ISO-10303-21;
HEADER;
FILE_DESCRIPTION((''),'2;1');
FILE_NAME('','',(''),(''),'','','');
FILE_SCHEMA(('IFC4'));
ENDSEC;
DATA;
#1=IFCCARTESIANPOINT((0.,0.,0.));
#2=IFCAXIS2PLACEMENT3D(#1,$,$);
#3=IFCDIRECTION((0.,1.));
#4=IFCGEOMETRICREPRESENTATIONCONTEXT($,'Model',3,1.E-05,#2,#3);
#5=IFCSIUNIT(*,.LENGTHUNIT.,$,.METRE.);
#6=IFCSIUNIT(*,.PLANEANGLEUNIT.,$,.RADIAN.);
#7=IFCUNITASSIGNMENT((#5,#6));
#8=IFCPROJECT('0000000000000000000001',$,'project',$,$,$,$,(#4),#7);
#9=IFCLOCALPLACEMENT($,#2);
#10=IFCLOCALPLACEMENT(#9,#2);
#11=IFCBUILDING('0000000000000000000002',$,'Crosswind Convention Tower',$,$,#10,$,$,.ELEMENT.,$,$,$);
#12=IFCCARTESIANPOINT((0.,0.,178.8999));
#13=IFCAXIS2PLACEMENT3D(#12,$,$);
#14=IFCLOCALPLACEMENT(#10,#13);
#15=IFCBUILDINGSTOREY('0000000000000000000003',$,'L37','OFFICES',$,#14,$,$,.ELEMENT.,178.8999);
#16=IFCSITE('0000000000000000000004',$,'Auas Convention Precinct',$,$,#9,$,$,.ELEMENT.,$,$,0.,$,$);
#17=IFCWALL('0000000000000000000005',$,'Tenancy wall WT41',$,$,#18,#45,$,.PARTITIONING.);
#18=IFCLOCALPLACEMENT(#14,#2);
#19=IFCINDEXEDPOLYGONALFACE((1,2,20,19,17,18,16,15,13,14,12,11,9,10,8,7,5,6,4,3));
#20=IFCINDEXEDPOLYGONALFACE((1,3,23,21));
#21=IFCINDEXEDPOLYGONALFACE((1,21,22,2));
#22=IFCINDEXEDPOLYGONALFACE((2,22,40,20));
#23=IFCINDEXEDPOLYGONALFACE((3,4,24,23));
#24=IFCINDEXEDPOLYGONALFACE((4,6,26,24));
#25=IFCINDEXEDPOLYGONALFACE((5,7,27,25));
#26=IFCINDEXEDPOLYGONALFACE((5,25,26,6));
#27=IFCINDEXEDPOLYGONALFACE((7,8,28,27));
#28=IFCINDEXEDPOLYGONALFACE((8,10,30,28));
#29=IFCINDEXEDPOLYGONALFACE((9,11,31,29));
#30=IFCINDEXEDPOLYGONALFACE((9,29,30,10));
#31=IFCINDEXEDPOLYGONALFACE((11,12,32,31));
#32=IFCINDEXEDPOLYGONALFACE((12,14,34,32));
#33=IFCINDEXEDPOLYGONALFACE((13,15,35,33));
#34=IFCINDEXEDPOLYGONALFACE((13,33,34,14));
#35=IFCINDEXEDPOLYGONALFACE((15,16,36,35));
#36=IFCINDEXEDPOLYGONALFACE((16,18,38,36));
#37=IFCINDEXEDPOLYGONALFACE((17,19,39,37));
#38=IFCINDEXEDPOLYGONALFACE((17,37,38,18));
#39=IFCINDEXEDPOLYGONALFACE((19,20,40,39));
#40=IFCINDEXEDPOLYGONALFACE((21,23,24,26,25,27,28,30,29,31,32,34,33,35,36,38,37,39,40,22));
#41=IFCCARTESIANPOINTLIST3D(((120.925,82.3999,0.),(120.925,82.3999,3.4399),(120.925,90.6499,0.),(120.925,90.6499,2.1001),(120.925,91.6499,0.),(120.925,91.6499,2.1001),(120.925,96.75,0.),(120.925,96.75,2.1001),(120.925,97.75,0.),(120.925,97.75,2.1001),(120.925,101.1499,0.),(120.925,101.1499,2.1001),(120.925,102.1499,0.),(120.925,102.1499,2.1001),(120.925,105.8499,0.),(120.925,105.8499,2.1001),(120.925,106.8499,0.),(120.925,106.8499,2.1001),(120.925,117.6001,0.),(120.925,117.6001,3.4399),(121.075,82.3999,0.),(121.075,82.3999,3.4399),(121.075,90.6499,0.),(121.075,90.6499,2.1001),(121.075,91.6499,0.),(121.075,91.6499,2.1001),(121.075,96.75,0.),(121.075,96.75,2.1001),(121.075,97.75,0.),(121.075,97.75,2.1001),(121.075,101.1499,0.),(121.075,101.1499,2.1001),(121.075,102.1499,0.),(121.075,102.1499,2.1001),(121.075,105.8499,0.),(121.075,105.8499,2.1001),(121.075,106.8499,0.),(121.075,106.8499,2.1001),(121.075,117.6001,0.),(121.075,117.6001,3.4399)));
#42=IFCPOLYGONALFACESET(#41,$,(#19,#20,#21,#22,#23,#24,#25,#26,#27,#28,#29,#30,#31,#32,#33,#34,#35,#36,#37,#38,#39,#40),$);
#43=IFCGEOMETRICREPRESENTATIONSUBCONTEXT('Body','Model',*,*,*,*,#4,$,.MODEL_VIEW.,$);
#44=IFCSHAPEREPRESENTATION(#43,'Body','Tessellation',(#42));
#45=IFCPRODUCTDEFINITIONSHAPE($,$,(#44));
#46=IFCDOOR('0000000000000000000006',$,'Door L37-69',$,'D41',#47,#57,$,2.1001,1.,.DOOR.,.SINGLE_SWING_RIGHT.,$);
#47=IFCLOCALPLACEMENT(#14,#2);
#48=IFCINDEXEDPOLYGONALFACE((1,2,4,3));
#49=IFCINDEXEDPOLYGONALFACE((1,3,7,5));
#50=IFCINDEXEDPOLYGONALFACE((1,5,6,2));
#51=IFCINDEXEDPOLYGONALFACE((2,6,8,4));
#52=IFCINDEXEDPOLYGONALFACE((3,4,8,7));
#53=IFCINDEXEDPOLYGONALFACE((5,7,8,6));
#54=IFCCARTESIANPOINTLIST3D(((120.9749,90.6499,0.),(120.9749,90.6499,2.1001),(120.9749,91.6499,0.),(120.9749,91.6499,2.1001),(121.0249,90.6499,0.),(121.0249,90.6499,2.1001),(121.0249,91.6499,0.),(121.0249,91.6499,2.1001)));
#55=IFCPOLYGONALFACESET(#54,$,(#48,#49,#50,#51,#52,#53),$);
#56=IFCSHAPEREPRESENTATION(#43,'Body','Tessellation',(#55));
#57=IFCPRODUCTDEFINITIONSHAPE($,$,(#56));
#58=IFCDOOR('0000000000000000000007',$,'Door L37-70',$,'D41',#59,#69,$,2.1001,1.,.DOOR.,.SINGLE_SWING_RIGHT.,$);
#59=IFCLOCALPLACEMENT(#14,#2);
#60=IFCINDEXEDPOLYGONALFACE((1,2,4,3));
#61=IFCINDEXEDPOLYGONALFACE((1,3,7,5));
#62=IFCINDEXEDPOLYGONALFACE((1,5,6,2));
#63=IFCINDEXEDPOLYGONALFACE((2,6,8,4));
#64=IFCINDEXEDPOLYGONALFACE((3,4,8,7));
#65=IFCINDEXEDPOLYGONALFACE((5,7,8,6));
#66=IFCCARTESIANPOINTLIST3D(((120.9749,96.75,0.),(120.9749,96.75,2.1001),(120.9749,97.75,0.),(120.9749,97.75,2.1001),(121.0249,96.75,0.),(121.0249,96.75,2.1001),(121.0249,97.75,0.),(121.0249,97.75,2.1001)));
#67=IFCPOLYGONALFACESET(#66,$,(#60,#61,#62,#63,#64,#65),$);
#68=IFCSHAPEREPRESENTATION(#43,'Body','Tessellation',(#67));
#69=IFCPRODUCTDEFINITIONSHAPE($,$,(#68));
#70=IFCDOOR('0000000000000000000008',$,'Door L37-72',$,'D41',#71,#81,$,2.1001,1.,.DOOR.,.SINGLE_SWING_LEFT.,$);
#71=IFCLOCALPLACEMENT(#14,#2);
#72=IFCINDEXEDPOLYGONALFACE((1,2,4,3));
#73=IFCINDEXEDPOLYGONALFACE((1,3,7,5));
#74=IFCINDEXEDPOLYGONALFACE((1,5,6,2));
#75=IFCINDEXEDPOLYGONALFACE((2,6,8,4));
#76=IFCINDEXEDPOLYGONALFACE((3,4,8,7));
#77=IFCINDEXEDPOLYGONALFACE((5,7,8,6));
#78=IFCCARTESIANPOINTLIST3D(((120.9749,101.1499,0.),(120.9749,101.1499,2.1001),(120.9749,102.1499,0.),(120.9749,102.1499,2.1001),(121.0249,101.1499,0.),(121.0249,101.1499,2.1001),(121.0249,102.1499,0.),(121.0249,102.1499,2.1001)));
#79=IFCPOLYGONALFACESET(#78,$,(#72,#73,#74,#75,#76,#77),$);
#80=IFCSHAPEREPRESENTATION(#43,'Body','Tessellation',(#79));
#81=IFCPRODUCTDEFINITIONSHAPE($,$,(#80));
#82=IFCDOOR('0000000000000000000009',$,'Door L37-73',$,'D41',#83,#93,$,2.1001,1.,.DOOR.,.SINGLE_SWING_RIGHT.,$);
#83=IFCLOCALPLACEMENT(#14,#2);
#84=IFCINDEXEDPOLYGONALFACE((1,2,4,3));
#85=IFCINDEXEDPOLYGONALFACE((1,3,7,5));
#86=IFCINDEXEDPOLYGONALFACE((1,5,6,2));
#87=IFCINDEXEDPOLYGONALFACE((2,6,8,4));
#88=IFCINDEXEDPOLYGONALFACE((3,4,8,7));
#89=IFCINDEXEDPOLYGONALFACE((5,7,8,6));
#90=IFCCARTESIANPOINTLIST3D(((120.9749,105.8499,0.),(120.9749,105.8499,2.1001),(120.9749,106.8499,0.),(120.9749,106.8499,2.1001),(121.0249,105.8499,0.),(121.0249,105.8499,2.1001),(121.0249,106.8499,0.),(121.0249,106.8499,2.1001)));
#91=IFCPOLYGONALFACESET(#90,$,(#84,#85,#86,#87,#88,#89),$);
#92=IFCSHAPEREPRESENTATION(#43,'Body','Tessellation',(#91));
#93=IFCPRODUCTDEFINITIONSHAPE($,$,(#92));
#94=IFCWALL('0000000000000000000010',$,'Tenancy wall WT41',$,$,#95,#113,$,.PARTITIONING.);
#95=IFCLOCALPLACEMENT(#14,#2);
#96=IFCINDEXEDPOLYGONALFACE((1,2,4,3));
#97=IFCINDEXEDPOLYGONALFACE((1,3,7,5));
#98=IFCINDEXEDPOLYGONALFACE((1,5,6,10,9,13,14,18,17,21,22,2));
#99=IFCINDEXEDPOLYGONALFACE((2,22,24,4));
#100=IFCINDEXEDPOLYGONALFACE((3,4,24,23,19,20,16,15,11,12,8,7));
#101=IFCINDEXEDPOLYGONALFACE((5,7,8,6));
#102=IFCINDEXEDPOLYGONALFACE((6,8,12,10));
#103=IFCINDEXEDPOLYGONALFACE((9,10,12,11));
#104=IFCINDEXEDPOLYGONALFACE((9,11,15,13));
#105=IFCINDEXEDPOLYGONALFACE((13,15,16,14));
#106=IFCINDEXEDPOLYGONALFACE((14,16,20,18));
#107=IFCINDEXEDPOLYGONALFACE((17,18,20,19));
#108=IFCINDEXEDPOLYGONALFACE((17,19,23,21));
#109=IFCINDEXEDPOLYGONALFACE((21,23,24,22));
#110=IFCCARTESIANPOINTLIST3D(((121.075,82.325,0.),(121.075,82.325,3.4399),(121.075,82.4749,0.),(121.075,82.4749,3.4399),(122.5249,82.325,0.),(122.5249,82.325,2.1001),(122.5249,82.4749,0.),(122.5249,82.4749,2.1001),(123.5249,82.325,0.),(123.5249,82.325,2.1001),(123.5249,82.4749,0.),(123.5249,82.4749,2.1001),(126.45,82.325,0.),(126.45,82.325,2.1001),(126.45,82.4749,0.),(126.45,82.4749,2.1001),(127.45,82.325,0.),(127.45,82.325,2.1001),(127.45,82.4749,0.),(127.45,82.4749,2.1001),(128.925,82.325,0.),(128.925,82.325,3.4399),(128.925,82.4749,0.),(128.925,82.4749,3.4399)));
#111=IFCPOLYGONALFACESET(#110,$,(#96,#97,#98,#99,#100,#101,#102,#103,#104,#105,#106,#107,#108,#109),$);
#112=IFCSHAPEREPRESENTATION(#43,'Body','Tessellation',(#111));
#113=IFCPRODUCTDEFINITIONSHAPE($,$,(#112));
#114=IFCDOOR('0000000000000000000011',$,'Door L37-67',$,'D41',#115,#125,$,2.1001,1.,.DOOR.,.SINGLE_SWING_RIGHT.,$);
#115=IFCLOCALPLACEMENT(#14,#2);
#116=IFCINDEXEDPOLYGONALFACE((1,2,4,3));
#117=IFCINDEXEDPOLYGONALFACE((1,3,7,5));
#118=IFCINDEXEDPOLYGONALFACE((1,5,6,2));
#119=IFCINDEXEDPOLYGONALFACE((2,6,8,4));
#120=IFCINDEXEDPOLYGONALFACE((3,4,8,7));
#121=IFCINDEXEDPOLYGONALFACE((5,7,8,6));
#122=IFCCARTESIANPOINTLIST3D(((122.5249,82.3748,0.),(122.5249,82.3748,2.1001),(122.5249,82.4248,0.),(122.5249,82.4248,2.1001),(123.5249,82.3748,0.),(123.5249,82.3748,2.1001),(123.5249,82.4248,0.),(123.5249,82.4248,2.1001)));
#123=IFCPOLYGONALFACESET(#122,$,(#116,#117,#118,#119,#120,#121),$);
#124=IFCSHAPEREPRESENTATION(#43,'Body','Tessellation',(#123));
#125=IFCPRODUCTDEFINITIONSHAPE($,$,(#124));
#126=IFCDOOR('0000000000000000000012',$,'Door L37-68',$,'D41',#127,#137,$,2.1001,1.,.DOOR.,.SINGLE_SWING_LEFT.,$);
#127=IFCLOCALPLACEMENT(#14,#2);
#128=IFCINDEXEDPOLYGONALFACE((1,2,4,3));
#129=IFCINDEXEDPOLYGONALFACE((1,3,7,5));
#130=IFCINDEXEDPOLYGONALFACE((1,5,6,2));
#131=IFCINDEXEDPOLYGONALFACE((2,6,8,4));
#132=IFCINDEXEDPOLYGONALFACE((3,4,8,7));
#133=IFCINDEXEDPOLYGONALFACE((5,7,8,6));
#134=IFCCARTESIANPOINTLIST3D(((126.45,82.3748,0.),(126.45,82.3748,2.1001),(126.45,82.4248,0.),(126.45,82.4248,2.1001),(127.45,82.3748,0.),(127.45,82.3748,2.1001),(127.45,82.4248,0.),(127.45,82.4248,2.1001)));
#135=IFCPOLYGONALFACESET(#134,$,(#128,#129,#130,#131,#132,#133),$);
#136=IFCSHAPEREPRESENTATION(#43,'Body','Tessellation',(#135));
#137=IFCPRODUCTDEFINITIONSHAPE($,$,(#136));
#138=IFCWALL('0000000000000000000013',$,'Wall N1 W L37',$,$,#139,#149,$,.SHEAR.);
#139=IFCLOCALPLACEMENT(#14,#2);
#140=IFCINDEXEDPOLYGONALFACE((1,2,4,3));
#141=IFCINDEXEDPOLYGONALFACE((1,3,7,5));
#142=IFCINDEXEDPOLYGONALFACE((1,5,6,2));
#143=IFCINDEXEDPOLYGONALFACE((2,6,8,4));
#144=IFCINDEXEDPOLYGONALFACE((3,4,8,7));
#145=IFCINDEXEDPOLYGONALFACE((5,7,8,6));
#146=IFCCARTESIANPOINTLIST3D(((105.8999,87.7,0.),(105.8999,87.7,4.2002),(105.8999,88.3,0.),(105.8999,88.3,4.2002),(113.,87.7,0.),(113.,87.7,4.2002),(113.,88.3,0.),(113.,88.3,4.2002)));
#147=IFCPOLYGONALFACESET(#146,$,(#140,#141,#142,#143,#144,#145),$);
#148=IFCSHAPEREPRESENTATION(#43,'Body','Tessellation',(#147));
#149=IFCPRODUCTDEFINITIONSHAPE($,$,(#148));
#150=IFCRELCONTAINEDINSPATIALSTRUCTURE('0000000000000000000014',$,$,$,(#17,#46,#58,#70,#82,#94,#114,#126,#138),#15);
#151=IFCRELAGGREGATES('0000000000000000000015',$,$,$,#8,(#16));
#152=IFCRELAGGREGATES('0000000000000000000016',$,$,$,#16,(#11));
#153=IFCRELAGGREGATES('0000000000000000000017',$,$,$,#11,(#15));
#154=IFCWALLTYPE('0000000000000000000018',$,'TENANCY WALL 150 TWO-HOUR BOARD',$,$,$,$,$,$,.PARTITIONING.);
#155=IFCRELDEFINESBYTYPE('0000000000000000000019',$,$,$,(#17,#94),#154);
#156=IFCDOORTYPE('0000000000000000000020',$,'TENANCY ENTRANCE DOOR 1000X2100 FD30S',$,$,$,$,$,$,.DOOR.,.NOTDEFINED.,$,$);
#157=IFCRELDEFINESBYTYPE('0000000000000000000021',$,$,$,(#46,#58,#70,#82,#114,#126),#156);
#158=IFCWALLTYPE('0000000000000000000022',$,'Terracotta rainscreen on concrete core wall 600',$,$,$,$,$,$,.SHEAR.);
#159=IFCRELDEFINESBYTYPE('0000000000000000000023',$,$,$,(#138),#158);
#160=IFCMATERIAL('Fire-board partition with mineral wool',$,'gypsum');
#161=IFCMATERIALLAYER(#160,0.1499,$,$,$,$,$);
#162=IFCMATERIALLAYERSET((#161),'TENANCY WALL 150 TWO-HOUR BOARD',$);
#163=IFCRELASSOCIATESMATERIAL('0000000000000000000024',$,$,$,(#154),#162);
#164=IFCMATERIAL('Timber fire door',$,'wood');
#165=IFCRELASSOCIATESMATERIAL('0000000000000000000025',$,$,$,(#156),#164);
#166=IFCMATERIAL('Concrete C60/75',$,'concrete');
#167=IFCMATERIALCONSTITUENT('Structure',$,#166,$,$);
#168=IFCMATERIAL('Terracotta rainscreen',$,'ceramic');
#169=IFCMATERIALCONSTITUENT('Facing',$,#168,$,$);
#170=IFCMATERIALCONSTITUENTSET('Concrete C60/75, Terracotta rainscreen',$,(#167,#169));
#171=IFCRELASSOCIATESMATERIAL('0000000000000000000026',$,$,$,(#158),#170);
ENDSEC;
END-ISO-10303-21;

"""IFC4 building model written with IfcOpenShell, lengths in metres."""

from ifc_helpers import new_model, si_unit, direction, frame, frame_2d, origin, place, context, subcontext, project, spatial, rectangle, extrude, material, layer, layer_set, constituent, constituent_set, type_object, element, fill, save


model = new_model("IFC4")

# Units and contexts
model_context = context("Model", 3, precision=1e-05, world=origin(), true_north=direction((0.0, 1.0)))
body_context = subcontext(model_context, "Body", "Model", "MODEL_VIEW")
ifc_project = project(units=[si_unit("LENGTHUNIT", "METRE"), si_unit("PLANEANGLEUNIT", "RADIAN")], contexts=[model_context])

# Site, building, storey
site_placement = place(None, origin())
site = spatial("IfcSite", under=ifc_project, at=site_placement, Name="Auas Convention Precinct", CompositionType="ELEMENT", RefElevation=0.0)
building_placement = place(site_placement, origin())
building = spatial("IfcBuilding", under=site, at=building_placement, Name="Crosswind Convention Tower", CompositionType="ELEMENT")
storey_placement = place(building_placement, frame((0.0, 0.0, 178.8999)))
storey = spatial("IfcBuildingStorey", under=building, at=storey_placement, Name="L37", Description="OFFICES", CompositionType="ELEMENT", Elevation=178.8999)

# Shared definitions
ifc_material_1 = material(Name="Concrete C60/75", Category="concrete")

# Walls, openings, doors
ifc_material_2 = material(Name="Fire-board partition with mineral wool", Category="gypsum")
ifc_layer_1 = layer(ifc_material_2, 0.1499)
ifc_layer_set_1 = layer_set([ifc_layer_1], Name="TENANCY WALL 150 TWO-HOUR BOARD")
wall_type_1 = type_object("IfcWallType", Name="TENANCY WALL 150 TWO-HOUR BOARD", PredefinedType="PARTITIONING", material=ifc_layer_set_1)
wall_1_placement = place(storey_placement, frame((121.0, 82.3999, 0.0), z_axis=(0.0, 0.0, 1.0), x_axis=(0.0, 1.0, 0.0)))
wall_1 = element("IfcWall", 1, at=wall_1_placement, inside=storey, type_object=wall_type_1, Name="Tenancy wall WT41", PredefinedType="PARTITIONING", context=body_context, shape_type="SweptSolid", body=[
    extrude(rectangle(XDim=35.2002, YDim=0.1499, at=frame_2d((17.6001, 0.0))), origin(), (0.0, 0.0, 1.0), 3.4399),
])
opening_1_placement = place(wall_1_placement, frame((8.25, 0.0, 0.0)))
opening_1 = element("IfcOpeningElement", 2, at=opening_1_placement, cuts=wall_1, PredefinedType="OPENING", context=body_context, shape_type="SweptSolid", body=[
    extrude(rectangle(XDim=1.0, YDim=2.1001, at=frame_2d((0.5, 1.05))), frame((0.0, 0.085, 0.0), z_axis=(0.0, -1.0, 0.0), x_axis=(1.0, 0.0, 0.0)), (0.0, 0.0, 1.0), 0.1699),
])
opening_2_placement = place(wall_1_placement, frame((14.3501, 0.0, 0.0)))
opening_2 = element("IfcOpeningElement", 3, at=opening_2_placement, cuts=wall_1, PredefinedType="OPENING", context=body_context, shape_type="SweptSolid", body=[
    extrude(rectangle(XDim=1.0, YDim=2.1001, at=frame_2d((0.5, 1.05))), frame((0.0, 0.085, 0.0), z_axis=(0.0, -1.0, 0.0), x_axis=(1.0, 0.0, 0.0)), (0.0, 0.0, 1.0), 0.1699),
])
opening_3_placement = place(wall_1_placement, frame((18.75, 0.0, 0.0)))
opening_3 = element("IfcOpeningElement", 4, at=opening_3_placement, cuts=wall_1, PredefinedType="OPENING", context=body_context, shape_type="SweptSolid", body=[
    extrude(rectangle(XDim=1.0, YDim=2.1001, at=frame_2d((0.5, 1.05))), frame((0.0, 0.085, 0.0), z_axis=(0.0, -1.0, 0.0), x_axis=(1.0, 0.0, 0.0)), (0.0, 0.0, 1.0), 0.1699),
])
opening_4_placement = place(wall_1_placement, frame((23.45, 0.0, 0.0)))
opening_4 = element("IfcOpeningElement", 5, at=opening_4_placement, cuts=wall_1, PredefinedType="OPENING", context=body_context, shape_type="SweptSolid", body=[
    extrude(rectangle(XDim=1.0, YDim=2.1001, at=frame_2d((0.5, 1.05))), frame((0.0, 0.085, 0.0), z_axis=(0.0, -1.0, 0.0), x_axis=(1.0, 0.0, 0.0)), (0.0, 0.0, 1.0), 0.1699),
])
ifc_material_3 = material(Name="Timber fire door", Category="wood")
door_type_1 = type_object("IfcDoorType", Name="TENANCY ENTRANCE DOOR 1000X2100 FD30S", OperationType="NOTDEFINED", PredefinedType="DOOR", material=ifc_material_3)
door_1_placement = place(opening_1_placement, frame((1.0, 0.0, 0.0), z_axis=(0.0, 0.0, 1.0), x_axis=(-1.0, 0.0, 0.0)))
door_1 = element("IfcDoor", 6, at=door_1_placement, inside=storey, type_object=door_type_1, Name="Door L37-69", ObjectType="D41", OperationType="SINGLE_SWING_RIGHT", OverallHeight=2.1001, OverallWidth=1.0, PredefinedType="DOOR", context=body_context, shape_type="SweptSolid", body=[
    extrude(rectangle(XDim=1.0, YDim=2.1001, at=frame_2d((0.5, 1.05))), frame((0.0, 0.0249, 0.0), z_axis=(0.0, -1.0, 0.0), x_axis=(1.0, 0.0, 0.0)), (0.0, 0.0, 1.0), 0.05),
])
fill(opening_1, door_1)
door_2_placement = place(opening_2_placement, frame((1.0, 0.0, 0.0), z_axis=(0.0, 0.0, 1.0), x_axis=(-1.0, 0.0, 0.0)))
door_2 = element("IfcDoor", 7, at=door_2_placement, inside=storey, type_object=door_type_1, Name="Door L37-70", ObjectType="D41", OperationType="SINGLE_SWING_RIGHT", OverallHeight=2.1001, OverallWidth=1.0, PredefinedType="DOOR", context=body_context, shape_type="SweptSolid", body=[
    extrude(rectangle(XDim=1.0, YDim=2.1001, at=frame_2d((0.5, 1.05))), frame((0.0, 0.0249, 0.0), z_axis=(0.0, -1.0, 0.0), x_axis=(1.0, 0.0, 0.0)), (0.0, 0.0, 1.0), 0.05),
])
fill(opening_2, door_2)
door_3_placement = place(opening_3_placement, frame((1.0, 0.0, 0.0), z_axis=(0.0, 0.0, 1.0), x_axis=(-1.0, 0.0, 0.0)))
door_3 = element("IfcDoor", 8, at=door_3_placement, inside=storey, type_object=door_type_1, Name="Door L37-72", ObjectType="D41", OperationType="SINGLE_SWING_LEFT", OverallHeight=2.1001, OverallWidth=1.0, PredefinedType="DOOR", context=body_context, shape_type="SweptSolid", body=[
    extrude(rectangle(XDim=1.0, YDim=2.1001, at=frame_2d((0.5, 1.05))), frame((0.0, 0.0249, 0.0), z_axis=(0.0, -1.0, 0.0), x_axis=(1.0, 0.0, 0.0)), (0.0, 0.0, 1.0), 0.05),
])
fill(opening_3, door_3)
door_4_placement = place(opening_4_placement, frame((1.0, 0.0, 0.0), z_axis=(0.0, 0.0, 1.0), x_axis=(-1.0, 0.0, 0.0)))
door_4 = element("IfcDoor", 9, at=door_4_placement, inside=storey, type_object=door_type_1, Name="Door L37-73", ObjectType="D41", OperationType="SINGLE_SWING_RIGHT", OverallHeight=2.1001, OverallWidth=1.0, PredefinedType="DOOR", context=body_context, shape_type="SweptSolid", body=[
    extrude(rectangle(XDim=1.0, YDim=2.1001, at=frame_2d((0.5, 1.05))), frame((0.0, 0.0249, 0.0), z_axis=(0.0, -1.0, 0.0), x_axis=(1.0, 0.0, 0.0)), (0.0, 0.0, 1.0), 0.05),
])
fill(opening_4, door_4)
wall_2_placement = place(storey_placement, frame((121.075, 82.3999, 0.0), z_axis=(0.0, 0.0, 1.0), x_axis=(1.0, 0.0, 0.0)))
wall_2 = element("IfcWall", 10, at=wall_2_placement, inside=storey, type_object=wall_type_1, Name="Tenancy wall WT41", PredefinedType="PARTITIONING", context=body_context, shape_type="SweptSolid", body=[
    extrude(rectangle(XDim=7.8501, YDim=0.1499, at=frame_2d((3.925, 0.0))), origin(), (0.0, 0.0, 1.0), 3.4399),
])
opening_5_placement = place(wall_2_placement, frame((1.45, 0.0, 0.0)))
opening_5 = element("IfcOpeningElement", 11, at=opening_5_placement, cuts=wall_2, PredefinedType="OPENING", context=body_context, shape_type="SweptSolid", body=[
    extrude(rectangle(XDim=1.0, YDim=2.1001, at=frame_2d((0.5, 1.05))), frame((0.0, 0.085, 0.0), z_axis=(0.0, -1.0, 0.0), x_axis=(1.0, 0.0, 0.0)), (0.0, 0.0, 1.0), 0.1699),
])
opening_6_placement = place(wall_2_placement, frame((5.375, 0.0, 0.0)))
opening_6 = element("IfcOpeningElement", 12, at=opening_6_placement, cuts=wall_2, PredefinedType="OPENING", context=body_context, shape_type="SweptSolid", body=[
    extrude(rectangle(XDim=1.0, YDim=2.1001, at=frame_2d((0.5, 1.05))), frame((0.0, 0.085, 0.0), z_axis=(0.0, -1.0, 0.0), x_axis=(1.0, 0.0, 0.0)), (0.0, 0.0, 1.0), 0.1699),
])
door_5_placement = place(opening_5_placement, origin())
door_5 = element("IfcDoor", 13, at=door_5_placement, inside=storey, type_object=door_type_1, Name="Door L37-67", ObjectType="D41", OperationType="SINGLE_SWING_RIGHT", OverallHeight=2.1001, OverallWidth=1.0, PredefinedType="DOOR", context=body_context, shape_type="SweptSolid", body=[
    extrude(rectangle(XDim=1.0, YDim=2.1001, at=frame_2d((0.5, 1.05))), frame((0.0, 0.0249, 0.0), z_axis=(0.0, -1.0, 0.0), x_axis=(1.0, 0.0, 0.0)), (0.0, 0.0, 1.0), 0.05),
])
fill(opening_5, door_5)
door_6_placement = place(opening_6_placement, origin())
door_6 = element("IfcDoor", 14, at=door_6_placement, inside=storey, type_object=door_type_1, Name="Door L37-68", ObjectType="D41", OperationType="SINGLE_SWING_LEFT", OverallHeight=2.1001, OverallWidth=1.0, PredefinedType="DOOR", context=body_context, shape_type="SweptSolid", body=[
    extrude(rectangle(XDim=1.0, YDim=2.1001, at=frame_2d((0.5, 1.05))), frame((0.0, 0.0249, 0.0), z_axis=(0.0, -1.0, 0.0), x_axis=(1.0, 0.0, 0.0)), (0.0, 0.0, 1.0), 0.05),
])
fill(opening_6, door_6)

# Wall
ifc_constituent_1 = constituent(ifc_material_1, Name="Structure")
ifc_material_4 = material(Name="Terracotta rainscreen", Category="ceramic")
ifc_constituent_2 = constituent(ifc_material_4, Name="Facing")
ifc_constituent_set = constituent_set(constituents=[ifc_constituent_1, ifc_constituent_2], Name="Concrete C60/75, Terracotta rainscreen")
wall_type_2 = type_object("IfcWallType", Name="Terracotta rainscreen on concrete core wall 600", PredefinedType="SHEAR", material=ifc_constituent_set)
wall_3_placement = place(storey_placement, frame((113.0, 88.0, 0.0), z_axis=(0.0, 0.0, 1.0), x_axis=(-1.0, 0.0, 0.0)))
element("IfcWall", 15, at=wall_3_placement, inside=storey, type_object=wall_type_2, Name="Wall N1 W L37", PredefinedType="SHEAR", context=body_context, shape_type="SweptSolid", body=[
    extrude(rectangle(XDim=7.1001, YDim=0.6001, at=frame_2d((3.55, 0.0))), origin(), (0.0, 0.0, 1.0), 4.2002),
])

save(model, "model.ifc")
